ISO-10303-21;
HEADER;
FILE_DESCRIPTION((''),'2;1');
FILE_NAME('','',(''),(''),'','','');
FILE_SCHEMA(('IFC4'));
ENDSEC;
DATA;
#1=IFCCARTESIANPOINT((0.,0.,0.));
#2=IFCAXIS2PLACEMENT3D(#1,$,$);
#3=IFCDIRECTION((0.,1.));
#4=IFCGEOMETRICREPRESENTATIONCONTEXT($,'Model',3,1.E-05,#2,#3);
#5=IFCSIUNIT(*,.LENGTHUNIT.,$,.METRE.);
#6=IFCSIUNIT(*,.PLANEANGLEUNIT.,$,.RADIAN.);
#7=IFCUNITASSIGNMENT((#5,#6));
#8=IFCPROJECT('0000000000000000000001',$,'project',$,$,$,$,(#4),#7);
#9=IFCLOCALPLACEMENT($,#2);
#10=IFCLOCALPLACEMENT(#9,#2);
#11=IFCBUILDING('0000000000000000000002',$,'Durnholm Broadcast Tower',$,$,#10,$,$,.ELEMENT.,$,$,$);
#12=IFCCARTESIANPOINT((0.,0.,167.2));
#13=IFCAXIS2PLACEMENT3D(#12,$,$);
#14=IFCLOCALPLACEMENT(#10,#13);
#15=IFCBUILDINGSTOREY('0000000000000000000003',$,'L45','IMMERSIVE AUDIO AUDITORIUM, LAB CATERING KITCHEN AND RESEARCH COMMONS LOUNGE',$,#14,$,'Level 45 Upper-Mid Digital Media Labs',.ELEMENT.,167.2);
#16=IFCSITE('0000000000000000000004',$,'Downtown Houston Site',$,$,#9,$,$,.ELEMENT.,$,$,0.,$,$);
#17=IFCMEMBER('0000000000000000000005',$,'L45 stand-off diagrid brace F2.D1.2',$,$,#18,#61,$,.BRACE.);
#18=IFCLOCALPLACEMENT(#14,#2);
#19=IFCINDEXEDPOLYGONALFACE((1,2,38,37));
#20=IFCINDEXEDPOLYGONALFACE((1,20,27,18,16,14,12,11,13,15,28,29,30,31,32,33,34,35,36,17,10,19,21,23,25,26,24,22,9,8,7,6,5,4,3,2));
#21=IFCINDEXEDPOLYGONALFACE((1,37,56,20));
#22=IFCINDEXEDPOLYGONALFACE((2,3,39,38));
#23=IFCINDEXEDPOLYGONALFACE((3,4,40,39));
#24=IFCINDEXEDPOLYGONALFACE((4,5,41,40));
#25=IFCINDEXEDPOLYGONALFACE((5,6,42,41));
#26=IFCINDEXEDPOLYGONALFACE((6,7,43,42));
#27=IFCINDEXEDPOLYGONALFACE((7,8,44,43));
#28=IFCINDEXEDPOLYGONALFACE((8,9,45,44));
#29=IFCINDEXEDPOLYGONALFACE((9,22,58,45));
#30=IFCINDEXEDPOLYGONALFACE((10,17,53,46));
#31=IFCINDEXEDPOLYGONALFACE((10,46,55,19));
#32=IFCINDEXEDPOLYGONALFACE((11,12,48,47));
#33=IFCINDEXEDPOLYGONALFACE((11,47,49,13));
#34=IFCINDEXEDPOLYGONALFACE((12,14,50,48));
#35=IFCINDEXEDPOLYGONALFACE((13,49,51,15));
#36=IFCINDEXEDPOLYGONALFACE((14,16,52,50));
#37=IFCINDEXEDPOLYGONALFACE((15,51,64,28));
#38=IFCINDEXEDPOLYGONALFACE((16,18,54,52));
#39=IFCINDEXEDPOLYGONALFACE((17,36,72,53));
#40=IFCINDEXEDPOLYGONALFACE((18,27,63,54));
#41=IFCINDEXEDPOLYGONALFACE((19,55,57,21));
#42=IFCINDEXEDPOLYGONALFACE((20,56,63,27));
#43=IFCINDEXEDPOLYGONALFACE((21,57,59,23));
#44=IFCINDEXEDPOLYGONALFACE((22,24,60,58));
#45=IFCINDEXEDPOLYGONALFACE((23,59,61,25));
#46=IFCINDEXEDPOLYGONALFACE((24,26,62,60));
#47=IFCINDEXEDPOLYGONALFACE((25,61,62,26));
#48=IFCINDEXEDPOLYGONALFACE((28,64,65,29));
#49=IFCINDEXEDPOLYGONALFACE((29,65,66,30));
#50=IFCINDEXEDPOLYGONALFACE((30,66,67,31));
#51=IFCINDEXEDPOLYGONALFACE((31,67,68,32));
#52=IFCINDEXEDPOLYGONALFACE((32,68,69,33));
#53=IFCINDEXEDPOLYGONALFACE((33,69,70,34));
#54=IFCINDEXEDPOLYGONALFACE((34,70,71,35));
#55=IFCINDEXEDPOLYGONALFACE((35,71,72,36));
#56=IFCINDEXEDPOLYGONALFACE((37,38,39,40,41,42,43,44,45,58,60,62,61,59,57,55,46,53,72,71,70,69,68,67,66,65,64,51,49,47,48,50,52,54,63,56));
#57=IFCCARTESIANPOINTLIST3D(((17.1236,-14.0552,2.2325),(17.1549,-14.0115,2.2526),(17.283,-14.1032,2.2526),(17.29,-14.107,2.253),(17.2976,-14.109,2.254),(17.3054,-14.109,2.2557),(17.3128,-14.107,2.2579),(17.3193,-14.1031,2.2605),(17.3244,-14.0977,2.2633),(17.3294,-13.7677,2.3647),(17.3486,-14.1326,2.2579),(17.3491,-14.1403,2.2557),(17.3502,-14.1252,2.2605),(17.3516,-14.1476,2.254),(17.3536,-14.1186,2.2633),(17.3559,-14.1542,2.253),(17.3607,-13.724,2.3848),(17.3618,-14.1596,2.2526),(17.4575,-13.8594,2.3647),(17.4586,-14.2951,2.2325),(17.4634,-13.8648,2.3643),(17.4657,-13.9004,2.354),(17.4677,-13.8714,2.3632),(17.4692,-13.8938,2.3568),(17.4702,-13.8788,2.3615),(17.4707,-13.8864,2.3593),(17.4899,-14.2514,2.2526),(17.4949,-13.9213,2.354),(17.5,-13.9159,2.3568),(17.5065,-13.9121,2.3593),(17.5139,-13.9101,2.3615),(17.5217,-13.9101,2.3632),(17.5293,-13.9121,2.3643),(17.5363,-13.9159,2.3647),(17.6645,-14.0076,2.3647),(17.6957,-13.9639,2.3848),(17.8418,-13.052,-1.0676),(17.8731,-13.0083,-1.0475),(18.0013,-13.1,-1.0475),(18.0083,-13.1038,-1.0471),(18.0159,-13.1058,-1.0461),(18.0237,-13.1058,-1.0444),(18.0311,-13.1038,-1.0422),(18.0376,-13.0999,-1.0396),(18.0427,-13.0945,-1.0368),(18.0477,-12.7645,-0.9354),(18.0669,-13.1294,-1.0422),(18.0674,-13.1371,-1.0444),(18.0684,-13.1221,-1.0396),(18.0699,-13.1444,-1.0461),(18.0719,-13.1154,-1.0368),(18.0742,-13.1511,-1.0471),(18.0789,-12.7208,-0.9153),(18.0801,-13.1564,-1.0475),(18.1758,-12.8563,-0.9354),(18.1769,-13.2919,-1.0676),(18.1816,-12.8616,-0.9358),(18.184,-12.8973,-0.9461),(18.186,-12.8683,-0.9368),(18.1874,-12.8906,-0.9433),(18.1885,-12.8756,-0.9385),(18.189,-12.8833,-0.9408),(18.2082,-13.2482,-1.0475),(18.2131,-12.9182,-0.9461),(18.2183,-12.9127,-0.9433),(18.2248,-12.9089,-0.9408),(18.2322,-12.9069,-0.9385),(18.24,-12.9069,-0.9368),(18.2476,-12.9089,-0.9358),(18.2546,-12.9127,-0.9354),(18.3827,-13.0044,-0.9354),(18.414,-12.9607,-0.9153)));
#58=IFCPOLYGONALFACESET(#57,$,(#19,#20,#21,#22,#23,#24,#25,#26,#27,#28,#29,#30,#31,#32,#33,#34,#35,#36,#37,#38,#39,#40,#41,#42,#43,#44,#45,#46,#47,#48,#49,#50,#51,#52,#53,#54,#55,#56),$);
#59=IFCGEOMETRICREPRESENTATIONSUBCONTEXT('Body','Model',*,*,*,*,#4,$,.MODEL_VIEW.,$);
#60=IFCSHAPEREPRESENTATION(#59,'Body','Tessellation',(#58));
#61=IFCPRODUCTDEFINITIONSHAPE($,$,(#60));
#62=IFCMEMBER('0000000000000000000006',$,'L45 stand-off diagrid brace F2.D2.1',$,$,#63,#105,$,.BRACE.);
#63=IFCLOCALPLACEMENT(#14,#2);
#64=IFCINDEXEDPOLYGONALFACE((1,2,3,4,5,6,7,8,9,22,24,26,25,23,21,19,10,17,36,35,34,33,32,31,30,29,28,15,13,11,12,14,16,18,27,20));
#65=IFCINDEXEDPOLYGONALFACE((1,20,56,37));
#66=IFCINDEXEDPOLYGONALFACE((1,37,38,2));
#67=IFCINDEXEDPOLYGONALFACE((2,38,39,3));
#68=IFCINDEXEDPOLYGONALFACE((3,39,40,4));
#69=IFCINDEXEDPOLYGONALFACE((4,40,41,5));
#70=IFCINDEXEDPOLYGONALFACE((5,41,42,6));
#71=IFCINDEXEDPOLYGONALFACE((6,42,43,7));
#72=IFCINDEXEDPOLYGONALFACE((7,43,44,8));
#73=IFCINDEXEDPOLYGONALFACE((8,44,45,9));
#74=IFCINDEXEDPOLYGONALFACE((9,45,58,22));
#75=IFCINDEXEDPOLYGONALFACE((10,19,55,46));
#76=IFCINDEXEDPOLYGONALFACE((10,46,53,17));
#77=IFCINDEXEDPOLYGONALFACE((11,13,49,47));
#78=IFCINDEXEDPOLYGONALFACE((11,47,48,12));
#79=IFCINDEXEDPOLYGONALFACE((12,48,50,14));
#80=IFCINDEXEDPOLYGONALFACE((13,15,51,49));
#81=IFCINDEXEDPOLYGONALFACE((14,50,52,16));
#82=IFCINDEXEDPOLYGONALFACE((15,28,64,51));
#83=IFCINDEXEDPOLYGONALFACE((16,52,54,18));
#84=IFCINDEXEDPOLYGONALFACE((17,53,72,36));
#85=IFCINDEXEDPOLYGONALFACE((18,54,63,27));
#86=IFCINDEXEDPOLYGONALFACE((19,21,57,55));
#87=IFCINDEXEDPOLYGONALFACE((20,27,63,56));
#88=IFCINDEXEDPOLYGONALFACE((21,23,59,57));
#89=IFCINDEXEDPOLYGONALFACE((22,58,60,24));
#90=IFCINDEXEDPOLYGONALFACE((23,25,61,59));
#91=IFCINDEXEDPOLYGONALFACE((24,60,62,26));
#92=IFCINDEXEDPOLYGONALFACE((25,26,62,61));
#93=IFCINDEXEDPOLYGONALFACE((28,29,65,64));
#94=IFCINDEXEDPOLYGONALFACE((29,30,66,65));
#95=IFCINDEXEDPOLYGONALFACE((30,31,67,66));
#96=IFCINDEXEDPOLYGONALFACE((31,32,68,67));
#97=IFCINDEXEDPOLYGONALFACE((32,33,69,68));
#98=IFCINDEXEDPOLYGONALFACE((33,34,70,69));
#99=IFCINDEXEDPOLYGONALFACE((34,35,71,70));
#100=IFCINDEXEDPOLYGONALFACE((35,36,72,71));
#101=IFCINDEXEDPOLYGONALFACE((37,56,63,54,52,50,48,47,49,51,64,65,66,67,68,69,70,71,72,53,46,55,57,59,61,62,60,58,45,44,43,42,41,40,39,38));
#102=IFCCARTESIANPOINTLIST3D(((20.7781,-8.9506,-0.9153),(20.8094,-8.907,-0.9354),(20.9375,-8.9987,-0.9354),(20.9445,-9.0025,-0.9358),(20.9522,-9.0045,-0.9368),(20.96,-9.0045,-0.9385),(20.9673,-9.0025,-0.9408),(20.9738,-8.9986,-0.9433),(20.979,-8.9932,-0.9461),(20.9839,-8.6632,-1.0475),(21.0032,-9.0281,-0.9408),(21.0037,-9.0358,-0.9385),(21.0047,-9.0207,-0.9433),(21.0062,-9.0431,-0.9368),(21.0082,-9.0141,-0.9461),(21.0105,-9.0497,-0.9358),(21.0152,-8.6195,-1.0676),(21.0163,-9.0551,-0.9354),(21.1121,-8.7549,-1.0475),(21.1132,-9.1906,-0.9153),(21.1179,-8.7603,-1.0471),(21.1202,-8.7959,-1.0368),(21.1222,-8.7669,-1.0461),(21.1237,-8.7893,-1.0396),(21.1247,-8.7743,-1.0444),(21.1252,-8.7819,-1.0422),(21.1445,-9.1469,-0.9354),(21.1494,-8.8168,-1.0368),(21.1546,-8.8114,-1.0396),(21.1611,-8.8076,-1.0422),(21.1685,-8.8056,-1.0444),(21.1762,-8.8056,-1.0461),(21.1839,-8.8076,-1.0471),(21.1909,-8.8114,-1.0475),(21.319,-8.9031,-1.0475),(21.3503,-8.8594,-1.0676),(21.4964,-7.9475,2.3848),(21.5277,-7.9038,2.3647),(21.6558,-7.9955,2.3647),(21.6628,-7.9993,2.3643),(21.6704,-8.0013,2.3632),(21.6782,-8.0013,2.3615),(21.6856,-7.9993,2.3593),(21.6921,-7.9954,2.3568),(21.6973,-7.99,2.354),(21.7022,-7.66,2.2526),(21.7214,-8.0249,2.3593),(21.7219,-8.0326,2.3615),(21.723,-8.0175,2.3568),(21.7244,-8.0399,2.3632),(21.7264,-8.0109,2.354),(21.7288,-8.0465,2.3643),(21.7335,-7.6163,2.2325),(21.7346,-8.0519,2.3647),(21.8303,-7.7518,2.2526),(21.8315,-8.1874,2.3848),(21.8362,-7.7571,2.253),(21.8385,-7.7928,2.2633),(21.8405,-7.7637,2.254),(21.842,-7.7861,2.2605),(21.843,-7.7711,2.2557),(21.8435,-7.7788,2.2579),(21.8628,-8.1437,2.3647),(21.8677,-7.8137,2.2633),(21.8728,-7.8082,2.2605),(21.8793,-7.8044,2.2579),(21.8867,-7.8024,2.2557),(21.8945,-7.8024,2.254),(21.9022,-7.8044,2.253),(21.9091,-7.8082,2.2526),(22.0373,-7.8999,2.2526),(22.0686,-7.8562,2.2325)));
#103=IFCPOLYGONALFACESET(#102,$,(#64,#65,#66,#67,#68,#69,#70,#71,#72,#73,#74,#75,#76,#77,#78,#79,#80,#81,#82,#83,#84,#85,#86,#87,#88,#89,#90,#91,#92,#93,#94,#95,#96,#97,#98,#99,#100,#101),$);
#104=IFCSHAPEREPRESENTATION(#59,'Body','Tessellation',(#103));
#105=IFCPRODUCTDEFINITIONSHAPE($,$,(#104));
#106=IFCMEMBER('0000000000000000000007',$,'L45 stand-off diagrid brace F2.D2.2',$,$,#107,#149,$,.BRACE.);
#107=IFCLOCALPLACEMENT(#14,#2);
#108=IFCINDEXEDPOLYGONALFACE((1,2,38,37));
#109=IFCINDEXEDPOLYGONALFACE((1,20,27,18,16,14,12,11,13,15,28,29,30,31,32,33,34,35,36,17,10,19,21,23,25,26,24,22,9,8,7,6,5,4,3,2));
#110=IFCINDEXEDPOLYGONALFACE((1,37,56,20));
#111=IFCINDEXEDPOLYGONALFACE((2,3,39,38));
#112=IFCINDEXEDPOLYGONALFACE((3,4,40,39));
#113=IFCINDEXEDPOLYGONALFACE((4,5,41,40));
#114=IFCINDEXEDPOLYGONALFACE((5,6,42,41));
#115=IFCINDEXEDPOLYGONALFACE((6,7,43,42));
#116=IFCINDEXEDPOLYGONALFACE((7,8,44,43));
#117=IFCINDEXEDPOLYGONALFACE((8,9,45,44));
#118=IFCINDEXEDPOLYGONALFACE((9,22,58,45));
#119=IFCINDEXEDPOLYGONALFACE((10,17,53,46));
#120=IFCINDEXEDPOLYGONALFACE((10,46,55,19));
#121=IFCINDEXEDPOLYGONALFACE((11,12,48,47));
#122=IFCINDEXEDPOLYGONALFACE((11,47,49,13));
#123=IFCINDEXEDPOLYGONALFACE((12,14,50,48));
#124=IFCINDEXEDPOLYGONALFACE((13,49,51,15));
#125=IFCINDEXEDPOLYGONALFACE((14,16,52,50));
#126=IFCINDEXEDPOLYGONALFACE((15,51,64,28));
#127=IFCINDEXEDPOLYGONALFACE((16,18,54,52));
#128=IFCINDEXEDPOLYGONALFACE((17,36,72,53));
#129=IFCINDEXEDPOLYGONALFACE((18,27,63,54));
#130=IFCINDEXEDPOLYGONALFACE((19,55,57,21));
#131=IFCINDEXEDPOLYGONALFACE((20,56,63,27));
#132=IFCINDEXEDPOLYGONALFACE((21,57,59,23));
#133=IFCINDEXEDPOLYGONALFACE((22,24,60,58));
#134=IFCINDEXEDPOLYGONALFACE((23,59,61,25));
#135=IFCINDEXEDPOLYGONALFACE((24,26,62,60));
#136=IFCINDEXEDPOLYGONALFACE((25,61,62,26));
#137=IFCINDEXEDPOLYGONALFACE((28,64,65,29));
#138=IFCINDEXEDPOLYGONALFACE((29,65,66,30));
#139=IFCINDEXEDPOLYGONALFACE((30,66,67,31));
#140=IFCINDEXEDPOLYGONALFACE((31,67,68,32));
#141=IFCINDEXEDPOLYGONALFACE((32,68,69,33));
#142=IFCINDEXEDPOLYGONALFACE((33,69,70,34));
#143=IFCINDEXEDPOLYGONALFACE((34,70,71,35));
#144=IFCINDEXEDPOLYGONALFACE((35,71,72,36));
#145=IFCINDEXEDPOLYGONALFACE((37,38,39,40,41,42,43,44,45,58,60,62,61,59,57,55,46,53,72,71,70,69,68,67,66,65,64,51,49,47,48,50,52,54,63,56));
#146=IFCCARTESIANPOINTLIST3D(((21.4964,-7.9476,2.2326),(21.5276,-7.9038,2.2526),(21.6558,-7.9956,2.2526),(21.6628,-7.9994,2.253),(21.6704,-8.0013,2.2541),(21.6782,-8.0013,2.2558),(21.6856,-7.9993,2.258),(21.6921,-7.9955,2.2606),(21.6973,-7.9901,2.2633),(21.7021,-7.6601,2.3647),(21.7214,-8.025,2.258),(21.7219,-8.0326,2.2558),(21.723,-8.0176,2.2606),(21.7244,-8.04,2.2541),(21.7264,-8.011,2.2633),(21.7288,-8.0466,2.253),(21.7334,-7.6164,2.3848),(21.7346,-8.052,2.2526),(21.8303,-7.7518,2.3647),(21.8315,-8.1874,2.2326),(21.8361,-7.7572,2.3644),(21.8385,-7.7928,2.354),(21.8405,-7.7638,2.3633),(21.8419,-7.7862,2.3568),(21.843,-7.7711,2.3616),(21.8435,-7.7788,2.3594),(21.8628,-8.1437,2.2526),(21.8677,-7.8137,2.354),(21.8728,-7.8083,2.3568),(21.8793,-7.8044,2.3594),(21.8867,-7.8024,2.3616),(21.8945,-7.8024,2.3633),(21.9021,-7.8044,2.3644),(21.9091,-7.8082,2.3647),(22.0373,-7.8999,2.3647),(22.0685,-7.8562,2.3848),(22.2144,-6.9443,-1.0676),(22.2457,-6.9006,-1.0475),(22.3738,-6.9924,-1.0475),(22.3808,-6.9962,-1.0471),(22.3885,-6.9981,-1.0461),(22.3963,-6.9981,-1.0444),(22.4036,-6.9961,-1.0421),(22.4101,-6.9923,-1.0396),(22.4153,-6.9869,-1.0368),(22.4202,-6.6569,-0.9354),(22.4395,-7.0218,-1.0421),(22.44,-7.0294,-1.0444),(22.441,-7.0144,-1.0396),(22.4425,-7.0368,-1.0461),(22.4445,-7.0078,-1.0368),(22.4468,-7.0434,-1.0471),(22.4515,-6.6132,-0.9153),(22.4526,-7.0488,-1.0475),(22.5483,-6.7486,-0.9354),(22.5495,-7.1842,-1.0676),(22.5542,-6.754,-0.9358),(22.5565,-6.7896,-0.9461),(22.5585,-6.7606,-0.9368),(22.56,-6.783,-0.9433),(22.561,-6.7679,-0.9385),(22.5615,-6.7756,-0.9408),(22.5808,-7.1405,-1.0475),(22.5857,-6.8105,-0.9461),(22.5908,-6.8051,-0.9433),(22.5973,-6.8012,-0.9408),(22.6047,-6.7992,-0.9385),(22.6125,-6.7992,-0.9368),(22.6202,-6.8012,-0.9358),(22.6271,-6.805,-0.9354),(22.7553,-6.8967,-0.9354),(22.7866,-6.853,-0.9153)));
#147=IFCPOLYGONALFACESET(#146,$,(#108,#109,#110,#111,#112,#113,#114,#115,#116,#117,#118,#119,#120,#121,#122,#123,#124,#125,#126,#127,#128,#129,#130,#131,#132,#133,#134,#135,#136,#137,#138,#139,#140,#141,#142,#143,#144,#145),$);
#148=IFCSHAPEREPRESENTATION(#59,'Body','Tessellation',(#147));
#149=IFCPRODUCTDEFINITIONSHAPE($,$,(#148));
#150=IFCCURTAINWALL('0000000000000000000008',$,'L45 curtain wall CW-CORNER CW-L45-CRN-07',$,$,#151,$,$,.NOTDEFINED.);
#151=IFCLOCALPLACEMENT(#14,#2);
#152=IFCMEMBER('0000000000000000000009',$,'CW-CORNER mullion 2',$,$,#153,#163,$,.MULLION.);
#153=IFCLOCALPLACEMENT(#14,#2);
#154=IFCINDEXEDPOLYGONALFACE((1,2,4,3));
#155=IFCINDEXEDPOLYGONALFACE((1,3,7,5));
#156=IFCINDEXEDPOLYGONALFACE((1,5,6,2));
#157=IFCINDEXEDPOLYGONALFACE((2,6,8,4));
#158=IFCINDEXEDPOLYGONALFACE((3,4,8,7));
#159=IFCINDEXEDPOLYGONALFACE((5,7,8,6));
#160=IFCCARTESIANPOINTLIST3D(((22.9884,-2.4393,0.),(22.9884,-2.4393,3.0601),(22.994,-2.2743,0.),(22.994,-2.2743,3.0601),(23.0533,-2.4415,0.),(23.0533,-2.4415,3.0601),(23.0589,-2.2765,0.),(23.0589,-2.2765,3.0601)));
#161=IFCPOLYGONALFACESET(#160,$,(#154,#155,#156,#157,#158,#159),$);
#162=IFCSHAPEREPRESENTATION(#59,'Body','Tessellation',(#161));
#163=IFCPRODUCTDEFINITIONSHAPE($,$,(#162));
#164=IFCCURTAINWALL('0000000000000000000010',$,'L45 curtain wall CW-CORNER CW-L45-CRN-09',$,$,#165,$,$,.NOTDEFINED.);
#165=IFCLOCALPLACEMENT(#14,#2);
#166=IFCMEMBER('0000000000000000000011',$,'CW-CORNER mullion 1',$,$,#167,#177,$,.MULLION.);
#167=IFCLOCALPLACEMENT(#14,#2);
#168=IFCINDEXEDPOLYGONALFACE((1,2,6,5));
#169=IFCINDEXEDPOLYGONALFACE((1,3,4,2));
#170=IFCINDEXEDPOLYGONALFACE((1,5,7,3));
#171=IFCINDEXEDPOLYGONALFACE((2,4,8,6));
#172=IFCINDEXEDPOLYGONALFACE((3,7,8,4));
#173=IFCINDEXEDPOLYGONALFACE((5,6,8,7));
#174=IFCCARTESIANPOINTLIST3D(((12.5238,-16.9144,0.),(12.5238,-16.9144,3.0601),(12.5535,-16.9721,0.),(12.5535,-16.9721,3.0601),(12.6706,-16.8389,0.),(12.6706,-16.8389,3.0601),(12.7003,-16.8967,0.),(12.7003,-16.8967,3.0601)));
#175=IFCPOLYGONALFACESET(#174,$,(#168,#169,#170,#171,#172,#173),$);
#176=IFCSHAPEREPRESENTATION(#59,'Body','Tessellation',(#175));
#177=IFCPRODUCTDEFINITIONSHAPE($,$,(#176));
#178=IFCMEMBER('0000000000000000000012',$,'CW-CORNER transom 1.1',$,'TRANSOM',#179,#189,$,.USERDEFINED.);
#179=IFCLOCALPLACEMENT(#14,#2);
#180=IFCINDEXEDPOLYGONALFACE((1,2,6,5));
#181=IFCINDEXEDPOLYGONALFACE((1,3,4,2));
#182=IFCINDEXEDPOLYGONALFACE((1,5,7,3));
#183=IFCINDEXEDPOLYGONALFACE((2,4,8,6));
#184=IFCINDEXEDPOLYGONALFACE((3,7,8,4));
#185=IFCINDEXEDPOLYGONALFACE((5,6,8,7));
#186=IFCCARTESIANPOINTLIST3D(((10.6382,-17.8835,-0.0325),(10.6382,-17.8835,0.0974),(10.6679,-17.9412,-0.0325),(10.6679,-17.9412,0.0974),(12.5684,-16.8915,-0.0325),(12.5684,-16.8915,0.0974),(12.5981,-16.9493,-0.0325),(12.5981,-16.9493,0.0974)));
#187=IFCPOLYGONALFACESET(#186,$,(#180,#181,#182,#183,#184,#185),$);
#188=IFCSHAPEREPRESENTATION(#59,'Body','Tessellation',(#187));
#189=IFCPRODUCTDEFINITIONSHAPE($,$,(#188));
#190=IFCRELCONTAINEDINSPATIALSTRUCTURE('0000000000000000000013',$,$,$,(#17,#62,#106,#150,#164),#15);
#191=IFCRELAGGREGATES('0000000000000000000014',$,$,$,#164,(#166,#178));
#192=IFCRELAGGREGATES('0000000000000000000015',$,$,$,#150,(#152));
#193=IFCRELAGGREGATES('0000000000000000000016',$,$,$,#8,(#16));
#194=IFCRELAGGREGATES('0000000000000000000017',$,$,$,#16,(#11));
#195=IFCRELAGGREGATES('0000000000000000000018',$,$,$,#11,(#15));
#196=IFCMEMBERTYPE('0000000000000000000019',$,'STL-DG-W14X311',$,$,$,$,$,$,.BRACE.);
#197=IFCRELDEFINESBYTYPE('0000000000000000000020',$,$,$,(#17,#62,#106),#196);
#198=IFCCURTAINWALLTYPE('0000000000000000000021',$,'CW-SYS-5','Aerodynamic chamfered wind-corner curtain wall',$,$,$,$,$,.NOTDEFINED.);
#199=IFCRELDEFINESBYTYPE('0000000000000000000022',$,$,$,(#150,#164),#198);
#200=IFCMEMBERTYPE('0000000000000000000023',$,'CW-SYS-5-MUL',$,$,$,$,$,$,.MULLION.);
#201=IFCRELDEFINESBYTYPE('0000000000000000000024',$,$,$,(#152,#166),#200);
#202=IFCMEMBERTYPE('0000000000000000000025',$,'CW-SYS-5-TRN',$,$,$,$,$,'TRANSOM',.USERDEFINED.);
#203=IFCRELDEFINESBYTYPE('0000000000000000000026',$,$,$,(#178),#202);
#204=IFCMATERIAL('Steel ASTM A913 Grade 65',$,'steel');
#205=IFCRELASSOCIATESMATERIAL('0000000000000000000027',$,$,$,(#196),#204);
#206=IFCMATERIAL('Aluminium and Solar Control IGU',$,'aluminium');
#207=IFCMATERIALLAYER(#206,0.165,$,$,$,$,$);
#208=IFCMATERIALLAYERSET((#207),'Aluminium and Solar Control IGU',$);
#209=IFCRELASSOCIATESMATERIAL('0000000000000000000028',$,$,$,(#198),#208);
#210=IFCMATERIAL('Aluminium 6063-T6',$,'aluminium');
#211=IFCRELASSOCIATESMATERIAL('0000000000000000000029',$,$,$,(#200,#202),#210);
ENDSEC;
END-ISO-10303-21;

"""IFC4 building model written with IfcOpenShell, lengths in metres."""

from ifc_helpers import new_model, si_unit, direction, frame, origin, origin_2d, place, context, subcontext, project, spatial, rectangle, i_section, extrude, source, transform, mapped, material, layer, layer_set, material_profile, profile_set, type_object, type_shapes, element, aggregate, save


model = new_model("IFC4")

# Units and contexts
model_context = context("Model", 3, precision=1e-05, world=origin(), true_north=direction((0.0, 1.0)))
body_context = subcontext(model_context, "Body", "Model", "MODEL_VIEW")
ifc_project = project(units=[si_unit("LENGTHUNIT", "METRE"), si_unit("PLANEANGLEUNIT", "RADIAN")], contexts=[model_context])

# Site, building, storey
site_placement = place(None, origin())
site = spatial("IfcSite", under=ifc_project, at=site_placement, Name="Downtown Houston Site", CompositionType="ELEMENT", RefElevation=0.0)
building_placement = place(site_placement, origin())
building = spatial("IfcBuilding", under=site, at=building_placement, Name="Durnholm Broadcast Tower", CompositionType="ELEMENT")
storey_placement = place(building_placement, frame((0.0, 0.0, 167.2)))
storey = spatial("IfcBuildingStorey", under=building, at=storey_placement, Name="L45", Description="IMMERSIVE AUDIO AUDITORIUM, LAB CATERING KITCHEN AND RESEARCH COMMONS LOUNGE", LongName="Level 45 Upper-Mid Digital Media Labs", CompositionType="ELEMENT", Elevation=167.2)

# Members
ifc_material_1 = material(Name="Steel ASTM A913 Grade 65", Category="steel")
ifc_material_profile_1 = material_profile(ifc_material_1, i_section(OverallWidth=0.4121, OverallDepth=0.4348, WebThickness=0.0359, FlangeThickness=0.0574, FilletRadius=0.0305, at=origin_2d()), Name="W14X311")
ifc_profile_set_1 = profile_set([ifc_material_profile_1], Name="Steel ASTM A913 Grade 65")
member_type_1 = type_object("IfcMemberType", Name="STL-DG-W14X311", PredefinedType="BRACE", material=ifc_profile_set_1)
shared_shape_1 = source(origin(), body_context, "Body", "SweptSolid", [
    extrude(i_section(OverallWidth=0.4121, OverallDepth=0.4348, WebThickness=0.0359, FlangeThickness=0.0574, FilletRadius=0.0305, at=origin_2d()), origin(), (0.0, 0.0, 1.0), 3.5232),
])
type_shapes(member_type_1, [shared_shape_1])
for number, where, z_axis, x_axis, name in (
    (1, (18.1279, -13.0063, -0.9915), (-0.203869, -0.284738, 0.936676), (0.813078, -0.582155, 0.0), "L45 stand-off diagrid brace F2.D1.2"),
    (2, (21.0642, -8.905, -0.9915), (0.203869, 0.284738, 0.936676), (-0.813078, 0.582155, 0.0), "L45 stand-off diagrid brace F2.D2.1"),
    (3, (22.5005, -6.8987, -0.9915), (-0.203803, -0.284742, 0.936689), (0.813171, -0.582024, 0.0), "L45 stand-off diagrid brace F2.D2.2"),
):
    element("IfcMember", number, at=place(storey_placement, frame(where, z_axis=z_axis, x_axis=x_axis)), inside=storey, type_object=member_type_1, Name=name, PredefinedType="BRACE", context=body_context, shape_type="MappedRepresentation", body=[
        mapped(shared_shape_1, transform((0.0, 0.0, 0.0), x_axis=(1.0, 0.0, 0.0), y_axis=(0.0, 1.0, 0.0), z_axis=(0.0, 0.0, 1.0), scale=1.0)),
    ])

# Curtain wall, member
ifc_material_2 = material(Name="Aluminium and Solar Control IGU", Category="aluminium")
ifc_layer_1 = layer(ifc_material_2, 0.165)
ifc_layer_set_1 = layer_set([ifc_layer_1], Name="Aluminium and Solar Control IGU")
curtain_wall_type_1 = type_object("IfcCurtainWallType", Name="CW-SYS-5", Description="Aerodynamic chamfered wind-corner curtain wall", PredefinedType="NOTDEFINED", material=ifc_layer_set_1)
curtain_wall_1_placement = place(storey_placement, origin())
curtain_wall_1 = element("IfcCurtainWall", 4, at=curtain_wall_1_placement, inside=storey, type_object=curtain_wall_type_1, Name="L45 curtain wall CW-CORNER CW-L45-CRN-07", PredefinedType="NOTDEFINED")
ifc_material_3 = material(Name="Aluminium 6063-T6", Category="aluminium")
ifc_material_profile_2 = material_profile(ifc_material_3, rectangle(XDim=0.0649, YDim=0.165, at=origin_2d()), Name="CWM65X165")
ifc_profile_set_2 = profile_set([ifc_material_profile_2], Name="Aluminium 6063-T6")
member_type_2 = type_object("IfcMemberType", Name="CW-SYS-5-MUL", PredefinedType="MULLION", material=ifc_profile_set_2)
shared_shape_2 = source(origin(), body_context, "Body", "SweptSolid", [
    extrude(rectangle(XDim=0.0649, YDim=0.165, at=origin_2d()), origin(), (0.0, 0.0, 1.0), 3.0601),
])
type_shapes(member_type_2, [shared_shape_2])
member_1_placement = place(storey_placement, frame((23.0237, -2.3579, 0.0), z_axis=(0.0, 0.0, 1.0), x_axis=(0.999425, -0.033913, 0.0)))
member_1 = element("IfcMember", 5, at=member_1_placement, type_object=member_type_2, Name="CW-CORNER mullion 2", PredefinedType="MULLION", context=body_context, shape_type="MappedRepresentation", body=[
    mapped(shared_shape_2, transform((0.0, 0.0, 0.0), x_axis=(1.0, 0.0, 0.0), y_axis=(0.0, 1.0, 0.0), z_axis=(0.0, 0.0, 1.0), scale=1.0)),
])

# Curtain wall, members
curtain_wall_2_placement = place(storey_placement, origin())
curtain_wall_2 = element("IfcCurtainWall", 6, at=curtain_wall_2_placement, inside=storey, type_object=curtain_wall_type_1, Name="L45 curtain wall CW-CORNER CW-L45-CRN-09", PredefinedType="NOTDEFINED")
member_2_placement = place(storey_placement, frame((12.6121, -16.9055, 0.0), z_axis=(0.0, 0.0, 1.0), x_axis=(0.457082, -0.889425, 0.0)))
member_2 = element("IfcMember", 7, at=member_2_placement, type_object=member_type_2, Name="CW-CORNER mullion 1", PredefinedType="MULLION", context=body_context, shape_type="MappedRepresentation", body=[
    mapped(shared_shape_2, transform((0.0, 0.0, 0.0), x_axis=(1.0, 0.0, 0.0), y_axis=(0.0, 1.0, 0.0), z_axis=(0.0, 0.0, 1.0), scale=1.0)),
])
ifc_material_profile_3 = material_profile(ifc_material_3, rectangle(XDim=0.0649, YDim=0.1299, at=origin_2d()), Name="CWT65X130")
ifc_profile_set_3 = profile_set([ifc_material_profile_3], Name="Aluminium 6063-T6")
member_type_3 = type_object("IfcMemberType", Name="CW-SYS-5-TRN", ElementType="TRANSOM", PredefinedType="USERDEFINED", material=ifc_profile_set_3)
shared_shape_3 = source(origin(), body_context, "Body", "SweptSolid", [
    extrude(rectangle(XDim=0.0649, YDim=0.1299, at=origin_2d()), origin(), (0.0, 0.0, 1.0), 2.1702),
])
type_shapes(member_type_3, [shared_shape_3])
member_3_placement = place(storey_placement, frame((12.5833, -16.9204, 0.0325), z_axis=(-0.889422, -0.457086, 0.0), x_axis=(0.457086, -0.889422, 0.0)))
member_3 = element("IfcMember", 8, at=member_3_placement, type_object=member_type_3, Name="CW-CORNER transom 1.1", ObjectType="TRANSOM", PredefinedType="USERDEFINED", context=body_context, shape_type="MappedRepresentation", body=[
    mapped(shared_shape_3, transform((0.0, 0.0, 0.0), x_axis=(1.0, 0.0, 0.0), y_axis=(0.0, 1.0, 0.0), z_axis=(0.0, 0.0, 1.0), scale=1.0)),
])
aggregate(curtain_wall_2, [member_2, member_3])

aggregate(curtain_wall_1, [member_1])

save(model, "model.ifc")
